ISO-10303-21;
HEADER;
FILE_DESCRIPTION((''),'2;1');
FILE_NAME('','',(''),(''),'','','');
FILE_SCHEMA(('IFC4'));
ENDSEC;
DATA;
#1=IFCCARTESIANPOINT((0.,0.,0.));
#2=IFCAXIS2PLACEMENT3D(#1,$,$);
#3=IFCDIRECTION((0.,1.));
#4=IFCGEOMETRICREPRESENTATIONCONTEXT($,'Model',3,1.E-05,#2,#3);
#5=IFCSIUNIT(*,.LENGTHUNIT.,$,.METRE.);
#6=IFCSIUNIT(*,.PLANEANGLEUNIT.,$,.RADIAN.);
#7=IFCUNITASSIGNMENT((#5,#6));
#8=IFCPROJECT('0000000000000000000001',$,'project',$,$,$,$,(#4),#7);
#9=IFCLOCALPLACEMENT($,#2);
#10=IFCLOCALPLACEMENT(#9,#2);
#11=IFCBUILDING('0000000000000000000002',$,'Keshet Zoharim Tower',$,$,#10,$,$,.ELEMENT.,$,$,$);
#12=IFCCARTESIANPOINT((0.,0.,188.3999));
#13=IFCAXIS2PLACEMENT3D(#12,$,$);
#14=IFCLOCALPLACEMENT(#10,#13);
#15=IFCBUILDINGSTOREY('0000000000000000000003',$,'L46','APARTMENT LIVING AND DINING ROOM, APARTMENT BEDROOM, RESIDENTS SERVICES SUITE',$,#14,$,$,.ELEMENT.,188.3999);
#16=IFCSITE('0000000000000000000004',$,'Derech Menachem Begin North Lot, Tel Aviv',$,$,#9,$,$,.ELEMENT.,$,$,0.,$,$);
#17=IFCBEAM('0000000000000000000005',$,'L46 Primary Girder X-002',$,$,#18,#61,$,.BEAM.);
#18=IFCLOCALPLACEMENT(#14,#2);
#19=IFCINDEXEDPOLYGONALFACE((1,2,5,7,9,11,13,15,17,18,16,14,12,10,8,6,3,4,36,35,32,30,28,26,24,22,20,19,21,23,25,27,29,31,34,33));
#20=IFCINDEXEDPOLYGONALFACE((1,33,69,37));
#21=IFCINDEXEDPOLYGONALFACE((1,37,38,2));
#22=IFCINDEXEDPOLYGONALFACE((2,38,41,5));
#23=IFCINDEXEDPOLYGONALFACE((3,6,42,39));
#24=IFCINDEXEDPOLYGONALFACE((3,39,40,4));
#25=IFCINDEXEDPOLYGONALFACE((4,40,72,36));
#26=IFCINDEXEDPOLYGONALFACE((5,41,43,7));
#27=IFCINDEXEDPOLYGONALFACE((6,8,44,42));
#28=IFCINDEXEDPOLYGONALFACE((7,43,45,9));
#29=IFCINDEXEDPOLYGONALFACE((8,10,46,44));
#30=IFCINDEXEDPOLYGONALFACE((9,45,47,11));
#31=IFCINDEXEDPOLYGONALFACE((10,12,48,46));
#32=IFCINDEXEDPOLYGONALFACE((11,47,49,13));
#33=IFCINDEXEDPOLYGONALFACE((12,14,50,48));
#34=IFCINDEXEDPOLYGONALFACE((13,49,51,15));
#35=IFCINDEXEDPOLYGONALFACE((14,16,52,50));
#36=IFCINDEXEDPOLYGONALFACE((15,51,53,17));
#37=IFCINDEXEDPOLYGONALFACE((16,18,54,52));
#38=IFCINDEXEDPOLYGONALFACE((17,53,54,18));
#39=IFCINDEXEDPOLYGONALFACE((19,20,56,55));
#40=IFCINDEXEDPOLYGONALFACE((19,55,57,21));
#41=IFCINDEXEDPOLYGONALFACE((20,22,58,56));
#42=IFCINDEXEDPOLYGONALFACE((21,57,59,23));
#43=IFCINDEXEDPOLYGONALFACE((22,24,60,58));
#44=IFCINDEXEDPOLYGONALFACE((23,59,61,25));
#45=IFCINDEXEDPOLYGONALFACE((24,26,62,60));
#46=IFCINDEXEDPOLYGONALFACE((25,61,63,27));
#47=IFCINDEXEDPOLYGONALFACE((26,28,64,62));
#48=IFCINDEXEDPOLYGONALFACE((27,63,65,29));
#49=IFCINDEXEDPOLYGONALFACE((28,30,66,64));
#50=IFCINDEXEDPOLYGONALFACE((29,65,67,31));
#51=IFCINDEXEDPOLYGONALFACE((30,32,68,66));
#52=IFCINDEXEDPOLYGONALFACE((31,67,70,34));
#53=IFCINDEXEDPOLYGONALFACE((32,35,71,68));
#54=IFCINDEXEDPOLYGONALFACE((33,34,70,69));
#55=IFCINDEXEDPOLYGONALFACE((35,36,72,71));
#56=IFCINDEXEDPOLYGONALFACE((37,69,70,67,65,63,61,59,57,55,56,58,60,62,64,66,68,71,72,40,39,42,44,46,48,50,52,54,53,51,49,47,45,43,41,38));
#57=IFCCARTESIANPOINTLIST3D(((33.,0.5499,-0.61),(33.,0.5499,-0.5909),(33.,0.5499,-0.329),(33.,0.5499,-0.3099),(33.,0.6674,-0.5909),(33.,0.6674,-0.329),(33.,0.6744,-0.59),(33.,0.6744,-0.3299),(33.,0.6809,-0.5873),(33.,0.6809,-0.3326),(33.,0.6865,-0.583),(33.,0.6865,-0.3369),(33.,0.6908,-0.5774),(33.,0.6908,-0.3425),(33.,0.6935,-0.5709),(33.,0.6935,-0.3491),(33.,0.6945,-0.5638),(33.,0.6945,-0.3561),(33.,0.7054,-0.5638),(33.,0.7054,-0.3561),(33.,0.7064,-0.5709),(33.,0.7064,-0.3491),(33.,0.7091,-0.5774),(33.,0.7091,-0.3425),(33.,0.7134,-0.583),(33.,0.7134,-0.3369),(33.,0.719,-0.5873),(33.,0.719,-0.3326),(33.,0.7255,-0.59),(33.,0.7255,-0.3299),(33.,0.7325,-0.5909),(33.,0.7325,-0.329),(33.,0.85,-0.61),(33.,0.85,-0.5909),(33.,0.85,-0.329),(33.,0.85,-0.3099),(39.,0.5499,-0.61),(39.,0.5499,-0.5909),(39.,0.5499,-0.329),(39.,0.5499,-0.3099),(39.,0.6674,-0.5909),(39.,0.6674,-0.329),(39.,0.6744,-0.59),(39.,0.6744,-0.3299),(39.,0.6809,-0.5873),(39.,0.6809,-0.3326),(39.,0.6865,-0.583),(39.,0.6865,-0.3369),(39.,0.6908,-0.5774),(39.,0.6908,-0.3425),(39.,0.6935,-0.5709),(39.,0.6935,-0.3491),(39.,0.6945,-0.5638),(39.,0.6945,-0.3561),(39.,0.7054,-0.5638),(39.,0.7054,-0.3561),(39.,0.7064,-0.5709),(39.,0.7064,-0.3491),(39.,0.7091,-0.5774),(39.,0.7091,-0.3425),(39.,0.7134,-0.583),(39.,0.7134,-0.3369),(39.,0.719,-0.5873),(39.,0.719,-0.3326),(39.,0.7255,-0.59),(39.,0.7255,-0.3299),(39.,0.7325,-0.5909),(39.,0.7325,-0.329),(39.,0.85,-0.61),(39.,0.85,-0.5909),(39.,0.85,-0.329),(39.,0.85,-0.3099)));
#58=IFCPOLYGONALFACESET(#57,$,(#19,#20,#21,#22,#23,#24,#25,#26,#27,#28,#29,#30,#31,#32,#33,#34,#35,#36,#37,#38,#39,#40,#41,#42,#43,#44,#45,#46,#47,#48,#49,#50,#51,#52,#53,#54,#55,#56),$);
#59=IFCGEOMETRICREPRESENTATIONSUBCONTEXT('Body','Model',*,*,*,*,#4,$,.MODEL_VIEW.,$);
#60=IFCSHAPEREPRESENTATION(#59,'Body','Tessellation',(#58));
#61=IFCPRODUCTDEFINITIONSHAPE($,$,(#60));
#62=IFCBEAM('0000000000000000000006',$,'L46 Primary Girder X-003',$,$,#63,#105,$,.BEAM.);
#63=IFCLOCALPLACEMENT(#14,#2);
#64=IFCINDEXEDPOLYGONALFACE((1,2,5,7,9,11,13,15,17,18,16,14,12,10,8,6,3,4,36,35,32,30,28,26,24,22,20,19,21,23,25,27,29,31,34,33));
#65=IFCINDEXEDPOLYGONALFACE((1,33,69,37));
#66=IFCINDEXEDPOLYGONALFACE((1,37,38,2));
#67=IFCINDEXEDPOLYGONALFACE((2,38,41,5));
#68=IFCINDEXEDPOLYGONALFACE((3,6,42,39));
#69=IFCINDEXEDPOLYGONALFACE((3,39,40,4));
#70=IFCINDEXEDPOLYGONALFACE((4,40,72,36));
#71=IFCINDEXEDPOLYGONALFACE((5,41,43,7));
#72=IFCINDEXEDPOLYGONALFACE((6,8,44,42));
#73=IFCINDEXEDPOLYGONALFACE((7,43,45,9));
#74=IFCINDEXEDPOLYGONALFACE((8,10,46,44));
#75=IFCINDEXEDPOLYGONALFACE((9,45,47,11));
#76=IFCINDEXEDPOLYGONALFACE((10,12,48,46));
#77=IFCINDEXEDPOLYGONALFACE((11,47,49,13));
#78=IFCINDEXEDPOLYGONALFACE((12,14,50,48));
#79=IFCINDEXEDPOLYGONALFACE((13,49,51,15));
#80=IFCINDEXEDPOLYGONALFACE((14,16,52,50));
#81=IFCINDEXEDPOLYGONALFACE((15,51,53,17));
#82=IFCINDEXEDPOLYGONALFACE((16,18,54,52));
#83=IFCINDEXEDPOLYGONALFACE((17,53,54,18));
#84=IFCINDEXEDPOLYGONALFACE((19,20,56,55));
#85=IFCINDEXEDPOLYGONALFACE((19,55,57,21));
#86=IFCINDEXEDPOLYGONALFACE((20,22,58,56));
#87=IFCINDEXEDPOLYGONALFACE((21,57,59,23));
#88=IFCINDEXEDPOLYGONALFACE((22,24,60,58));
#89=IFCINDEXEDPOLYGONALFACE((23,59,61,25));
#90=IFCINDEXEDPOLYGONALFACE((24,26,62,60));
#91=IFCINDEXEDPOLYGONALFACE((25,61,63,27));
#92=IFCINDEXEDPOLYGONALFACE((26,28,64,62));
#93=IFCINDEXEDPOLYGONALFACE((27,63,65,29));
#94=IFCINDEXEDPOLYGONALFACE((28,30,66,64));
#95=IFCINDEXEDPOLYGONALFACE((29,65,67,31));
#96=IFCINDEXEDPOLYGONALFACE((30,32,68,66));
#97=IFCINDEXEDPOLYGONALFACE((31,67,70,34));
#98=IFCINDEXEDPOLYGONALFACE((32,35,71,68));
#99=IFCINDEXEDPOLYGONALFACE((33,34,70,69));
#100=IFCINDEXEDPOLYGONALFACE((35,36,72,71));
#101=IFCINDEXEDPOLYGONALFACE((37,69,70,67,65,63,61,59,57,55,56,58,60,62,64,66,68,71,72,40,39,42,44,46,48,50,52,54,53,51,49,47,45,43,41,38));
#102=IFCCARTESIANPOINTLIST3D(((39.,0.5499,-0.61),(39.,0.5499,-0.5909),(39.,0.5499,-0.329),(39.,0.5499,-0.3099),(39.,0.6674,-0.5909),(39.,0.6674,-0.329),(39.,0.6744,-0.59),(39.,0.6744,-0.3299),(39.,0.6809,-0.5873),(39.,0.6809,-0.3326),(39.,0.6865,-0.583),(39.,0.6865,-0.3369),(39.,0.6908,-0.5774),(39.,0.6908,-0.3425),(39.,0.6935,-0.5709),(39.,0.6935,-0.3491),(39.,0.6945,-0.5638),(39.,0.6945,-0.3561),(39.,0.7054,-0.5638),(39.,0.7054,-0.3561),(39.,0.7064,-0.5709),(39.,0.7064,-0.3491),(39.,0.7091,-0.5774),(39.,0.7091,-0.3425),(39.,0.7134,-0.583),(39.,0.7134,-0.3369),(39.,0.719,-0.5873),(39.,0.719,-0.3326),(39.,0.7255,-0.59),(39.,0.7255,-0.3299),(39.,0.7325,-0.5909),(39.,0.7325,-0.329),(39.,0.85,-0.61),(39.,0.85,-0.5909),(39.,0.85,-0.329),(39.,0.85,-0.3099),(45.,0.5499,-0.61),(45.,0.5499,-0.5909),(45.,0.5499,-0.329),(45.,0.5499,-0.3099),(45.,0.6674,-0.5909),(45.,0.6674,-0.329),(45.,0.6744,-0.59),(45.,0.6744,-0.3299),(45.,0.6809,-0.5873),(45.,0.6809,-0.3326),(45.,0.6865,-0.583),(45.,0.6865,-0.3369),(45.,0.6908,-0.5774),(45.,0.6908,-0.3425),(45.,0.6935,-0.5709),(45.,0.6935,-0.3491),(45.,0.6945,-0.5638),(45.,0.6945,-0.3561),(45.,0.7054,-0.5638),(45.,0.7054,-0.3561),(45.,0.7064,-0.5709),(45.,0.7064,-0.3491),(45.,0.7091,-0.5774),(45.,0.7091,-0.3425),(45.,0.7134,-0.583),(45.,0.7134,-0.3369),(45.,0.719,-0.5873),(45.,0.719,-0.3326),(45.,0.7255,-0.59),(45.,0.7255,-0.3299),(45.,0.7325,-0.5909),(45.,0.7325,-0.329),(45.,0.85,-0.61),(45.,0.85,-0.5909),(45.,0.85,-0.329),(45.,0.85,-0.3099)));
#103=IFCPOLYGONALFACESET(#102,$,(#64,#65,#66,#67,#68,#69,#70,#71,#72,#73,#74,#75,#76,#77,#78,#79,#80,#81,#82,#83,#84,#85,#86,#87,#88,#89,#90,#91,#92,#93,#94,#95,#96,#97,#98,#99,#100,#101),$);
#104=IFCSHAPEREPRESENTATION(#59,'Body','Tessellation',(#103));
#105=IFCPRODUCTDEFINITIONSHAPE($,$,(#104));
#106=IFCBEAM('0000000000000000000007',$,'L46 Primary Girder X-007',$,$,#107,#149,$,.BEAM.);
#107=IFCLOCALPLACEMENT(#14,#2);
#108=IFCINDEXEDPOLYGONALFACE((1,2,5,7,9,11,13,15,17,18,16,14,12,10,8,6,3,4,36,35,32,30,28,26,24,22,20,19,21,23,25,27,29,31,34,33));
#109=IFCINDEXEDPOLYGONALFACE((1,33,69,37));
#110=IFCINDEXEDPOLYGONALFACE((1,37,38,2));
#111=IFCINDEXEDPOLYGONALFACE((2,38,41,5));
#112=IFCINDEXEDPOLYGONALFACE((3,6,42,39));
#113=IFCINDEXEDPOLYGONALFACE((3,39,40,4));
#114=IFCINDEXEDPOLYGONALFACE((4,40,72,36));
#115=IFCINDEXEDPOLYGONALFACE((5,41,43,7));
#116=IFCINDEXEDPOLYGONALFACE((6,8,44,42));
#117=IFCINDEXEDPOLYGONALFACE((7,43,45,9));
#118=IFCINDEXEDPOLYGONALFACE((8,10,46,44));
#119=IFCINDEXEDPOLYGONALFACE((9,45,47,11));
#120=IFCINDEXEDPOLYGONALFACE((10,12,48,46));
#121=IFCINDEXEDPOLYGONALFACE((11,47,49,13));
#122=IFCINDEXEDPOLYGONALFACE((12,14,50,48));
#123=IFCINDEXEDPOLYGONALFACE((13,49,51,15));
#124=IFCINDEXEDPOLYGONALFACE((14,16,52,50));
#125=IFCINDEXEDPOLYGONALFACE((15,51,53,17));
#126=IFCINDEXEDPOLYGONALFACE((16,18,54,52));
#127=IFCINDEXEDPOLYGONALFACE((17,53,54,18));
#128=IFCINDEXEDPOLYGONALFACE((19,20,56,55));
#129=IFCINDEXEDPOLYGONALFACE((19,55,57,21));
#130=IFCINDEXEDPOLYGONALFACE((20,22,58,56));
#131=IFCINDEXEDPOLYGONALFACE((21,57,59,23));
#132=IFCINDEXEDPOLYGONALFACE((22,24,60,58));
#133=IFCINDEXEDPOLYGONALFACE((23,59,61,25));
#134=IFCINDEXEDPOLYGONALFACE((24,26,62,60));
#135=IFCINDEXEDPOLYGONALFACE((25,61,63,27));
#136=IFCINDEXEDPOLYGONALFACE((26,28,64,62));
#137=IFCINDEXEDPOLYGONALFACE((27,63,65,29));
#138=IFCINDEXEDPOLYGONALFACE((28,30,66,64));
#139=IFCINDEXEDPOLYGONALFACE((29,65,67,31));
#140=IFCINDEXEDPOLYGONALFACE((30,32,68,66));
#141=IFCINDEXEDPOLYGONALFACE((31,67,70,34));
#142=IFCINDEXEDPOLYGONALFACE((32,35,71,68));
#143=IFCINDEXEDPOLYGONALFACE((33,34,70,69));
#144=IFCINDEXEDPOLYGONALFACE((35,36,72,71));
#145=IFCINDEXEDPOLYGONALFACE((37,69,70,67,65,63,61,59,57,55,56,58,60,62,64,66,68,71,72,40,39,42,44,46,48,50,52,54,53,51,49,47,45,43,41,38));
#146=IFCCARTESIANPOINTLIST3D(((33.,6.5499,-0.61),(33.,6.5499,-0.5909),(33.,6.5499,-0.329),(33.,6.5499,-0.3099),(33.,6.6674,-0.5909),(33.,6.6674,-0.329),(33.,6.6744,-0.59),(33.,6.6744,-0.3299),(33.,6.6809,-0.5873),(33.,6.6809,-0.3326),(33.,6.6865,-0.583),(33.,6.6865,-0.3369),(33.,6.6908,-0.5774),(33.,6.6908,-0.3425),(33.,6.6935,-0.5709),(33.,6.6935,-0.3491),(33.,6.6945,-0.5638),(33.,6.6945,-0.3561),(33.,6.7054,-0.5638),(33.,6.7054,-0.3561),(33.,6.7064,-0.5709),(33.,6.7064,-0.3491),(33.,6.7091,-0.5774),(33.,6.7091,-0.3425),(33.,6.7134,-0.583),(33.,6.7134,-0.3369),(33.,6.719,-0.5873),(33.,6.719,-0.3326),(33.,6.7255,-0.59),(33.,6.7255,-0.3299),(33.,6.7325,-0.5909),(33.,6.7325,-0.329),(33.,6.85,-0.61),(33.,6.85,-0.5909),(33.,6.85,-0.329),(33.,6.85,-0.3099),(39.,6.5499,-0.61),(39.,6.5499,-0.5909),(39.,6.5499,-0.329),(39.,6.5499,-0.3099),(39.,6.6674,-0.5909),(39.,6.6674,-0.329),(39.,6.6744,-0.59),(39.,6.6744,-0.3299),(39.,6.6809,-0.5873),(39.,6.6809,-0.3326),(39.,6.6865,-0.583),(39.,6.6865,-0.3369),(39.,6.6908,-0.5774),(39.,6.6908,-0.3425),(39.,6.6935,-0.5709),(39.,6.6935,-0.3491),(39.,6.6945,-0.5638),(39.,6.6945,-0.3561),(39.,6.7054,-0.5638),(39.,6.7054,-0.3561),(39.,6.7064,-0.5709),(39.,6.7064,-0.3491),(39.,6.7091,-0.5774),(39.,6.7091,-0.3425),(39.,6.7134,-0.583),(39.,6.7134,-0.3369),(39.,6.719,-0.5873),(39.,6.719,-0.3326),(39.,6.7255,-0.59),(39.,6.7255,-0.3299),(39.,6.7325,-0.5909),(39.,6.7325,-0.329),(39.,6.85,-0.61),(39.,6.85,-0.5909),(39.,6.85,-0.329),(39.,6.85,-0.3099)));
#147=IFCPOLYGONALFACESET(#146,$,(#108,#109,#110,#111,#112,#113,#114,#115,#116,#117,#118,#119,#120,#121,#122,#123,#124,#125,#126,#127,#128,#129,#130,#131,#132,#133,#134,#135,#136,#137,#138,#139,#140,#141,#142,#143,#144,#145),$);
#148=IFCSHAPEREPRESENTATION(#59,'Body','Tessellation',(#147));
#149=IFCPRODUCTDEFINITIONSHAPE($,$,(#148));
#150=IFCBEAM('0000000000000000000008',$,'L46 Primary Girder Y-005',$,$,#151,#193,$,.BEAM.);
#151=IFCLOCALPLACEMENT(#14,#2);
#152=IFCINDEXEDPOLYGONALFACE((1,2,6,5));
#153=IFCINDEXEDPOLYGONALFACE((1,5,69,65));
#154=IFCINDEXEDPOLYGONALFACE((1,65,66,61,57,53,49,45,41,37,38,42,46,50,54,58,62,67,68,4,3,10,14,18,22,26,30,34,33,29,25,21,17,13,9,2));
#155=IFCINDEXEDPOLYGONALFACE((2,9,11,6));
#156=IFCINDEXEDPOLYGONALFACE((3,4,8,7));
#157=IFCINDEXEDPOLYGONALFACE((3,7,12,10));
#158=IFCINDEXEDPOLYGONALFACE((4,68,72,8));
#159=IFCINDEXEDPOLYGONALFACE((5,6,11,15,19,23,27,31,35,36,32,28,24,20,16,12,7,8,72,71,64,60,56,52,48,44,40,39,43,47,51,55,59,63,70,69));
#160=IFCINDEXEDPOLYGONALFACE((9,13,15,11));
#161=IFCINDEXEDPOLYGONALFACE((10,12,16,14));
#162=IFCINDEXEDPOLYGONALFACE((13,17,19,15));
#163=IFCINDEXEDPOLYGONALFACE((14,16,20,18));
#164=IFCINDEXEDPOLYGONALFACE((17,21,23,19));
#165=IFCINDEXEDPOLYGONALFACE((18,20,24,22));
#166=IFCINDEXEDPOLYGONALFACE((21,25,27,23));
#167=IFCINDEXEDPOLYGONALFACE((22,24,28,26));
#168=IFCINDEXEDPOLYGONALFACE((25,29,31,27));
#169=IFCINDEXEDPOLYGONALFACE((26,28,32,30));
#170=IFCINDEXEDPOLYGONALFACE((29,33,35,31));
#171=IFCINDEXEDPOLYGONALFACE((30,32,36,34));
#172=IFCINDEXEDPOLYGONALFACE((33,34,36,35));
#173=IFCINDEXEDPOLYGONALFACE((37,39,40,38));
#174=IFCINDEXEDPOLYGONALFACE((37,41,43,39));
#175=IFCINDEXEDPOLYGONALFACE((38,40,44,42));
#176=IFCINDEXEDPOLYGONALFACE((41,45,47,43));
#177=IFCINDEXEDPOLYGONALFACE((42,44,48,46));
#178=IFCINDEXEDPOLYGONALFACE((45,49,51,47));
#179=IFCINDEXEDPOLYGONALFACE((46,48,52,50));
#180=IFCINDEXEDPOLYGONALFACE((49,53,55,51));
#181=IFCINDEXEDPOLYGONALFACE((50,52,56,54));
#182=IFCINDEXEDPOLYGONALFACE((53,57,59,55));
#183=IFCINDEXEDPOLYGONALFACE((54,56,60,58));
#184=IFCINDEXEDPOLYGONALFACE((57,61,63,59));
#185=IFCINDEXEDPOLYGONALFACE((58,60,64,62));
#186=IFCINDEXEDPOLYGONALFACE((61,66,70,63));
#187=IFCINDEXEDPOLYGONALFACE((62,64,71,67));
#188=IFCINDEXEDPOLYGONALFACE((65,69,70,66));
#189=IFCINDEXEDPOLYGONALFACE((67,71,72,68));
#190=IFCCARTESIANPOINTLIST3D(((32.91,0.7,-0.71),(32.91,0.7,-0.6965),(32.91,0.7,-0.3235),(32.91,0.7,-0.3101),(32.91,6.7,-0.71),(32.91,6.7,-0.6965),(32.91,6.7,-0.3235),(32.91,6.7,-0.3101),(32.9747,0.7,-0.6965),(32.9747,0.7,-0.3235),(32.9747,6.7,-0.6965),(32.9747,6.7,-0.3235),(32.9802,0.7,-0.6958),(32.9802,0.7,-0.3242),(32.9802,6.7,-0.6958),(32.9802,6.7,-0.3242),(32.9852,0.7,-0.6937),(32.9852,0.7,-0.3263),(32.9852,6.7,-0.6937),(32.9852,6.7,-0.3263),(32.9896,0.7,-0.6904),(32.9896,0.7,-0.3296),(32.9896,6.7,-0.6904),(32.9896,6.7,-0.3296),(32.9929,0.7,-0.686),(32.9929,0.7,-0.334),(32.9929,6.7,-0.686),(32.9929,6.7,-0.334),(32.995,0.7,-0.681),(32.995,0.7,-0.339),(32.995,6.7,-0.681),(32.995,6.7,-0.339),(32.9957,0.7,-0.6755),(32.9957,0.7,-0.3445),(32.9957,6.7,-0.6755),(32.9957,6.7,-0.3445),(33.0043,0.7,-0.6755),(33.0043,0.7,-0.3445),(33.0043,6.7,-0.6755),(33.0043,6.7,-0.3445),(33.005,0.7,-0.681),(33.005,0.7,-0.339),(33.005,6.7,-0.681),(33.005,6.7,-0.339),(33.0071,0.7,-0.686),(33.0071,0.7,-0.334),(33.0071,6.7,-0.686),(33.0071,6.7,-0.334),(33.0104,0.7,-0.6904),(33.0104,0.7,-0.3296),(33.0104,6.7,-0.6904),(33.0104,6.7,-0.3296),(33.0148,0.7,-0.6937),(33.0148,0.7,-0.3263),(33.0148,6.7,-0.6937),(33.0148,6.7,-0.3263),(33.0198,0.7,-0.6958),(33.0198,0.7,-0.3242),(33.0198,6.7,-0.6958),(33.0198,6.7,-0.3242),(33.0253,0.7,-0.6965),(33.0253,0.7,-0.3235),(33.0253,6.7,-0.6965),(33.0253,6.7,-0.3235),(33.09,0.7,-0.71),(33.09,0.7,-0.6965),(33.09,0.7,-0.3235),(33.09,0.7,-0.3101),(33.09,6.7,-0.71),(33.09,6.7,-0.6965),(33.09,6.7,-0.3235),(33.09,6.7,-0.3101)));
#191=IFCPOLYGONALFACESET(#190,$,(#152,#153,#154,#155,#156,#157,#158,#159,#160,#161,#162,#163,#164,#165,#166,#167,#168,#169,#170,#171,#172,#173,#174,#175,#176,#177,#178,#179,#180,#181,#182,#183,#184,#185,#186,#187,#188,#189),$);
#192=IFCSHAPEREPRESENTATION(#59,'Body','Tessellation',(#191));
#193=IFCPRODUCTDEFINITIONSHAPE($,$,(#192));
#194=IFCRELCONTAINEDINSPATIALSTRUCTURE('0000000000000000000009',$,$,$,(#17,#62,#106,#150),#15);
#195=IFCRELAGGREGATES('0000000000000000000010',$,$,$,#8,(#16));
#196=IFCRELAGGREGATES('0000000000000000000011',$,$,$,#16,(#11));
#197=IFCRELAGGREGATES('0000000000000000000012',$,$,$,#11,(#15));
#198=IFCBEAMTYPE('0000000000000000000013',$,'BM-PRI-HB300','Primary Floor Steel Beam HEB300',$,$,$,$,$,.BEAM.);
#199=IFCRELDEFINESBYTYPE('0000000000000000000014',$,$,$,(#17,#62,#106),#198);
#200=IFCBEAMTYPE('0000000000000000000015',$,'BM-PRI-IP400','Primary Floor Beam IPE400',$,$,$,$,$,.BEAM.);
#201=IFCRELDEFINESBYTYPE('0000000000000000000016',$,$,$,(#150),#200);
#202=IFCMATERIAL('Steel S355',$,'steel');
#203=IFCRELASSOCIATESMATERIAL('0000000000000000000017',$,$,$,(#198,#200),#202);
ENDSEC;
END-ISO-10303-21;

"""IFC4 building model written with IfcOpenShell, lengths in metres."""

from ifc_helpers import new_model, si_unit, direction, frame, origin, origin_2d, place, context, subcontext, project, spatial, i_section, extrude, material, material_profile, profile_set, type_object, element, save


model = new_model("IFC4")

# Units and contexts
model_context = context("Model", 3, precision=1e-05, world=origin(), true_north=direction((0.0, 1.0)))
body_context = subcontext(model_context, "Body", "Model", "MODEL_VIEW")
ifc_project = project(units=[si_unit("LENGTHUNIT", "METRE"), si_unit("PLANEANGLEUNIT", "RADIAN")], contexts=[model_context])

# Site, building, storey
site_placement = place(None, origin())
site = spatial("IfcSite", under=ifc_project, at=site_placement, Name="Derech Menachem Begin North Lot, Tel Aviv", CompositionType="ELEMENT", RefElevation=0.0)
building_placement = place(site_placement, origin())
building = spatial("IfcBuilding", under=site, at=building_placement, Name="Keshet Zoharim Tower", CompositionType="ELEMENT")
storey_placement = place(building_placement, frame((0.0, 0.0, 188.3999)))
storey = spatial("IfcBuildingStorey", under=building, at=storey_placement, Name="L46", Description="APARTMENT LIVING AND DINING ROOM, APARTMENT BEDROOM, RESIDENTS SERVICES SUITE", CompositionType="ELEMENT", Elevation=188.3999)

# Shared definitions
ifc_material_1 = material(Name="Steel S355", Category="steel")

# Beams
ifc_material_profile_1 = material_profile(ifc_material_1, i_section(OverallWidth=0.3, OverallDepth=0.3, WebThickness=0.011, FlangeThickness=0.019, FilletRadius=0.0271, at=origin_2d()), Name="HEB300")
ifc_profile_set_1 = profile_set([ifc_material_profile_1], Name="Steel S355")
beam_type_1 = type_object("IfcBeamType", Name="BM-PRI-HB300", Description="Primary Floor Steel Beam HEB300", PredefinedType="BEAM", material=ifc_profile_set_1)
for number, where, z_axis, x_axis, name in (
    (1, (33.0, 0.7, -0.46), (1.0, 0.0, 0.0), (0.0, 1.0, 0.0), "L46 Primary Girder X-002"),
    (2, (39.0, 0.7, -0.46), (1.0, 0.0, 0.0), (0.0, 1.0, 0.0), "L46 Primary Girder X-003"),
    (3, (33.0, 6.7, -0.46), (1.0, 0.0, 0.0), (0.0, 1.0, 0.0), "L46 Primary Girder X-007"),
):
    element("IfcBeam", number, at=place(storey_placement, frame(where, z_axis=z_axis, x_axis=x_axis)), inside=storey, type_object=beam_type_1, Name=name, PredefinedType="BEAM", context=body_context, shape_type="SweptSolid", body=[
        extrude(i_section(OverallWidth=0.3, OverallDepth=0.3, WebThickness=0.011, FlangeThickness=0.019, FilletRadius=0.0271, at=origin_2d()), origin(), (0.0, 0.0, 1.0), 6.0),
    ])
ifc_material_profile_2 = material_profile(ifc_material_1, i_section(OverallWidth=0.1799, OverallDepth=0.3999, WebThickness=0.0085, FlangeThickness=0.0134, FilletRadius=0.021, at=origin_2d()), Name="IPE400")
ifc_profile_set_2 = profile_set([ifc_material_profile_2], Name="Steel S355")
beam_type_2 = type_object("IfcBeamType", Name="BM-PRI-IP400", Description="Primary Floor Beam IPE400", PredefinedType="BEAM", material=ifc_profile_set_2)
for number, where, z_axis, x_axis, name in (
    (4, (33.0, 0.7, -0.51), (0.0, 1.0, 0.0), (-1.0, 0.0, 0.0), "L46 Primary Girder Y-005"),
):
    element("IfcBeam", number, at=place(storey_placement, frame(where, z_axis=z_axis, x_axis=x_axis)), inside=storey, type_object=beam_type_2, Name=name, PredefinedType="BEAM", context=body_context, shape_type="SweptSolid", body=[
        extrude(i_section(OverallWidth=0.1799, OverallDepth=0.3999, WebThickness=0.0085, FlangeThickness=0.0134, FilletRadius=0.021, at=origin_2d()), origin(), (0.0, 0.0, 1.0), 6.0),
    ])

save(model, "model.ifc")
